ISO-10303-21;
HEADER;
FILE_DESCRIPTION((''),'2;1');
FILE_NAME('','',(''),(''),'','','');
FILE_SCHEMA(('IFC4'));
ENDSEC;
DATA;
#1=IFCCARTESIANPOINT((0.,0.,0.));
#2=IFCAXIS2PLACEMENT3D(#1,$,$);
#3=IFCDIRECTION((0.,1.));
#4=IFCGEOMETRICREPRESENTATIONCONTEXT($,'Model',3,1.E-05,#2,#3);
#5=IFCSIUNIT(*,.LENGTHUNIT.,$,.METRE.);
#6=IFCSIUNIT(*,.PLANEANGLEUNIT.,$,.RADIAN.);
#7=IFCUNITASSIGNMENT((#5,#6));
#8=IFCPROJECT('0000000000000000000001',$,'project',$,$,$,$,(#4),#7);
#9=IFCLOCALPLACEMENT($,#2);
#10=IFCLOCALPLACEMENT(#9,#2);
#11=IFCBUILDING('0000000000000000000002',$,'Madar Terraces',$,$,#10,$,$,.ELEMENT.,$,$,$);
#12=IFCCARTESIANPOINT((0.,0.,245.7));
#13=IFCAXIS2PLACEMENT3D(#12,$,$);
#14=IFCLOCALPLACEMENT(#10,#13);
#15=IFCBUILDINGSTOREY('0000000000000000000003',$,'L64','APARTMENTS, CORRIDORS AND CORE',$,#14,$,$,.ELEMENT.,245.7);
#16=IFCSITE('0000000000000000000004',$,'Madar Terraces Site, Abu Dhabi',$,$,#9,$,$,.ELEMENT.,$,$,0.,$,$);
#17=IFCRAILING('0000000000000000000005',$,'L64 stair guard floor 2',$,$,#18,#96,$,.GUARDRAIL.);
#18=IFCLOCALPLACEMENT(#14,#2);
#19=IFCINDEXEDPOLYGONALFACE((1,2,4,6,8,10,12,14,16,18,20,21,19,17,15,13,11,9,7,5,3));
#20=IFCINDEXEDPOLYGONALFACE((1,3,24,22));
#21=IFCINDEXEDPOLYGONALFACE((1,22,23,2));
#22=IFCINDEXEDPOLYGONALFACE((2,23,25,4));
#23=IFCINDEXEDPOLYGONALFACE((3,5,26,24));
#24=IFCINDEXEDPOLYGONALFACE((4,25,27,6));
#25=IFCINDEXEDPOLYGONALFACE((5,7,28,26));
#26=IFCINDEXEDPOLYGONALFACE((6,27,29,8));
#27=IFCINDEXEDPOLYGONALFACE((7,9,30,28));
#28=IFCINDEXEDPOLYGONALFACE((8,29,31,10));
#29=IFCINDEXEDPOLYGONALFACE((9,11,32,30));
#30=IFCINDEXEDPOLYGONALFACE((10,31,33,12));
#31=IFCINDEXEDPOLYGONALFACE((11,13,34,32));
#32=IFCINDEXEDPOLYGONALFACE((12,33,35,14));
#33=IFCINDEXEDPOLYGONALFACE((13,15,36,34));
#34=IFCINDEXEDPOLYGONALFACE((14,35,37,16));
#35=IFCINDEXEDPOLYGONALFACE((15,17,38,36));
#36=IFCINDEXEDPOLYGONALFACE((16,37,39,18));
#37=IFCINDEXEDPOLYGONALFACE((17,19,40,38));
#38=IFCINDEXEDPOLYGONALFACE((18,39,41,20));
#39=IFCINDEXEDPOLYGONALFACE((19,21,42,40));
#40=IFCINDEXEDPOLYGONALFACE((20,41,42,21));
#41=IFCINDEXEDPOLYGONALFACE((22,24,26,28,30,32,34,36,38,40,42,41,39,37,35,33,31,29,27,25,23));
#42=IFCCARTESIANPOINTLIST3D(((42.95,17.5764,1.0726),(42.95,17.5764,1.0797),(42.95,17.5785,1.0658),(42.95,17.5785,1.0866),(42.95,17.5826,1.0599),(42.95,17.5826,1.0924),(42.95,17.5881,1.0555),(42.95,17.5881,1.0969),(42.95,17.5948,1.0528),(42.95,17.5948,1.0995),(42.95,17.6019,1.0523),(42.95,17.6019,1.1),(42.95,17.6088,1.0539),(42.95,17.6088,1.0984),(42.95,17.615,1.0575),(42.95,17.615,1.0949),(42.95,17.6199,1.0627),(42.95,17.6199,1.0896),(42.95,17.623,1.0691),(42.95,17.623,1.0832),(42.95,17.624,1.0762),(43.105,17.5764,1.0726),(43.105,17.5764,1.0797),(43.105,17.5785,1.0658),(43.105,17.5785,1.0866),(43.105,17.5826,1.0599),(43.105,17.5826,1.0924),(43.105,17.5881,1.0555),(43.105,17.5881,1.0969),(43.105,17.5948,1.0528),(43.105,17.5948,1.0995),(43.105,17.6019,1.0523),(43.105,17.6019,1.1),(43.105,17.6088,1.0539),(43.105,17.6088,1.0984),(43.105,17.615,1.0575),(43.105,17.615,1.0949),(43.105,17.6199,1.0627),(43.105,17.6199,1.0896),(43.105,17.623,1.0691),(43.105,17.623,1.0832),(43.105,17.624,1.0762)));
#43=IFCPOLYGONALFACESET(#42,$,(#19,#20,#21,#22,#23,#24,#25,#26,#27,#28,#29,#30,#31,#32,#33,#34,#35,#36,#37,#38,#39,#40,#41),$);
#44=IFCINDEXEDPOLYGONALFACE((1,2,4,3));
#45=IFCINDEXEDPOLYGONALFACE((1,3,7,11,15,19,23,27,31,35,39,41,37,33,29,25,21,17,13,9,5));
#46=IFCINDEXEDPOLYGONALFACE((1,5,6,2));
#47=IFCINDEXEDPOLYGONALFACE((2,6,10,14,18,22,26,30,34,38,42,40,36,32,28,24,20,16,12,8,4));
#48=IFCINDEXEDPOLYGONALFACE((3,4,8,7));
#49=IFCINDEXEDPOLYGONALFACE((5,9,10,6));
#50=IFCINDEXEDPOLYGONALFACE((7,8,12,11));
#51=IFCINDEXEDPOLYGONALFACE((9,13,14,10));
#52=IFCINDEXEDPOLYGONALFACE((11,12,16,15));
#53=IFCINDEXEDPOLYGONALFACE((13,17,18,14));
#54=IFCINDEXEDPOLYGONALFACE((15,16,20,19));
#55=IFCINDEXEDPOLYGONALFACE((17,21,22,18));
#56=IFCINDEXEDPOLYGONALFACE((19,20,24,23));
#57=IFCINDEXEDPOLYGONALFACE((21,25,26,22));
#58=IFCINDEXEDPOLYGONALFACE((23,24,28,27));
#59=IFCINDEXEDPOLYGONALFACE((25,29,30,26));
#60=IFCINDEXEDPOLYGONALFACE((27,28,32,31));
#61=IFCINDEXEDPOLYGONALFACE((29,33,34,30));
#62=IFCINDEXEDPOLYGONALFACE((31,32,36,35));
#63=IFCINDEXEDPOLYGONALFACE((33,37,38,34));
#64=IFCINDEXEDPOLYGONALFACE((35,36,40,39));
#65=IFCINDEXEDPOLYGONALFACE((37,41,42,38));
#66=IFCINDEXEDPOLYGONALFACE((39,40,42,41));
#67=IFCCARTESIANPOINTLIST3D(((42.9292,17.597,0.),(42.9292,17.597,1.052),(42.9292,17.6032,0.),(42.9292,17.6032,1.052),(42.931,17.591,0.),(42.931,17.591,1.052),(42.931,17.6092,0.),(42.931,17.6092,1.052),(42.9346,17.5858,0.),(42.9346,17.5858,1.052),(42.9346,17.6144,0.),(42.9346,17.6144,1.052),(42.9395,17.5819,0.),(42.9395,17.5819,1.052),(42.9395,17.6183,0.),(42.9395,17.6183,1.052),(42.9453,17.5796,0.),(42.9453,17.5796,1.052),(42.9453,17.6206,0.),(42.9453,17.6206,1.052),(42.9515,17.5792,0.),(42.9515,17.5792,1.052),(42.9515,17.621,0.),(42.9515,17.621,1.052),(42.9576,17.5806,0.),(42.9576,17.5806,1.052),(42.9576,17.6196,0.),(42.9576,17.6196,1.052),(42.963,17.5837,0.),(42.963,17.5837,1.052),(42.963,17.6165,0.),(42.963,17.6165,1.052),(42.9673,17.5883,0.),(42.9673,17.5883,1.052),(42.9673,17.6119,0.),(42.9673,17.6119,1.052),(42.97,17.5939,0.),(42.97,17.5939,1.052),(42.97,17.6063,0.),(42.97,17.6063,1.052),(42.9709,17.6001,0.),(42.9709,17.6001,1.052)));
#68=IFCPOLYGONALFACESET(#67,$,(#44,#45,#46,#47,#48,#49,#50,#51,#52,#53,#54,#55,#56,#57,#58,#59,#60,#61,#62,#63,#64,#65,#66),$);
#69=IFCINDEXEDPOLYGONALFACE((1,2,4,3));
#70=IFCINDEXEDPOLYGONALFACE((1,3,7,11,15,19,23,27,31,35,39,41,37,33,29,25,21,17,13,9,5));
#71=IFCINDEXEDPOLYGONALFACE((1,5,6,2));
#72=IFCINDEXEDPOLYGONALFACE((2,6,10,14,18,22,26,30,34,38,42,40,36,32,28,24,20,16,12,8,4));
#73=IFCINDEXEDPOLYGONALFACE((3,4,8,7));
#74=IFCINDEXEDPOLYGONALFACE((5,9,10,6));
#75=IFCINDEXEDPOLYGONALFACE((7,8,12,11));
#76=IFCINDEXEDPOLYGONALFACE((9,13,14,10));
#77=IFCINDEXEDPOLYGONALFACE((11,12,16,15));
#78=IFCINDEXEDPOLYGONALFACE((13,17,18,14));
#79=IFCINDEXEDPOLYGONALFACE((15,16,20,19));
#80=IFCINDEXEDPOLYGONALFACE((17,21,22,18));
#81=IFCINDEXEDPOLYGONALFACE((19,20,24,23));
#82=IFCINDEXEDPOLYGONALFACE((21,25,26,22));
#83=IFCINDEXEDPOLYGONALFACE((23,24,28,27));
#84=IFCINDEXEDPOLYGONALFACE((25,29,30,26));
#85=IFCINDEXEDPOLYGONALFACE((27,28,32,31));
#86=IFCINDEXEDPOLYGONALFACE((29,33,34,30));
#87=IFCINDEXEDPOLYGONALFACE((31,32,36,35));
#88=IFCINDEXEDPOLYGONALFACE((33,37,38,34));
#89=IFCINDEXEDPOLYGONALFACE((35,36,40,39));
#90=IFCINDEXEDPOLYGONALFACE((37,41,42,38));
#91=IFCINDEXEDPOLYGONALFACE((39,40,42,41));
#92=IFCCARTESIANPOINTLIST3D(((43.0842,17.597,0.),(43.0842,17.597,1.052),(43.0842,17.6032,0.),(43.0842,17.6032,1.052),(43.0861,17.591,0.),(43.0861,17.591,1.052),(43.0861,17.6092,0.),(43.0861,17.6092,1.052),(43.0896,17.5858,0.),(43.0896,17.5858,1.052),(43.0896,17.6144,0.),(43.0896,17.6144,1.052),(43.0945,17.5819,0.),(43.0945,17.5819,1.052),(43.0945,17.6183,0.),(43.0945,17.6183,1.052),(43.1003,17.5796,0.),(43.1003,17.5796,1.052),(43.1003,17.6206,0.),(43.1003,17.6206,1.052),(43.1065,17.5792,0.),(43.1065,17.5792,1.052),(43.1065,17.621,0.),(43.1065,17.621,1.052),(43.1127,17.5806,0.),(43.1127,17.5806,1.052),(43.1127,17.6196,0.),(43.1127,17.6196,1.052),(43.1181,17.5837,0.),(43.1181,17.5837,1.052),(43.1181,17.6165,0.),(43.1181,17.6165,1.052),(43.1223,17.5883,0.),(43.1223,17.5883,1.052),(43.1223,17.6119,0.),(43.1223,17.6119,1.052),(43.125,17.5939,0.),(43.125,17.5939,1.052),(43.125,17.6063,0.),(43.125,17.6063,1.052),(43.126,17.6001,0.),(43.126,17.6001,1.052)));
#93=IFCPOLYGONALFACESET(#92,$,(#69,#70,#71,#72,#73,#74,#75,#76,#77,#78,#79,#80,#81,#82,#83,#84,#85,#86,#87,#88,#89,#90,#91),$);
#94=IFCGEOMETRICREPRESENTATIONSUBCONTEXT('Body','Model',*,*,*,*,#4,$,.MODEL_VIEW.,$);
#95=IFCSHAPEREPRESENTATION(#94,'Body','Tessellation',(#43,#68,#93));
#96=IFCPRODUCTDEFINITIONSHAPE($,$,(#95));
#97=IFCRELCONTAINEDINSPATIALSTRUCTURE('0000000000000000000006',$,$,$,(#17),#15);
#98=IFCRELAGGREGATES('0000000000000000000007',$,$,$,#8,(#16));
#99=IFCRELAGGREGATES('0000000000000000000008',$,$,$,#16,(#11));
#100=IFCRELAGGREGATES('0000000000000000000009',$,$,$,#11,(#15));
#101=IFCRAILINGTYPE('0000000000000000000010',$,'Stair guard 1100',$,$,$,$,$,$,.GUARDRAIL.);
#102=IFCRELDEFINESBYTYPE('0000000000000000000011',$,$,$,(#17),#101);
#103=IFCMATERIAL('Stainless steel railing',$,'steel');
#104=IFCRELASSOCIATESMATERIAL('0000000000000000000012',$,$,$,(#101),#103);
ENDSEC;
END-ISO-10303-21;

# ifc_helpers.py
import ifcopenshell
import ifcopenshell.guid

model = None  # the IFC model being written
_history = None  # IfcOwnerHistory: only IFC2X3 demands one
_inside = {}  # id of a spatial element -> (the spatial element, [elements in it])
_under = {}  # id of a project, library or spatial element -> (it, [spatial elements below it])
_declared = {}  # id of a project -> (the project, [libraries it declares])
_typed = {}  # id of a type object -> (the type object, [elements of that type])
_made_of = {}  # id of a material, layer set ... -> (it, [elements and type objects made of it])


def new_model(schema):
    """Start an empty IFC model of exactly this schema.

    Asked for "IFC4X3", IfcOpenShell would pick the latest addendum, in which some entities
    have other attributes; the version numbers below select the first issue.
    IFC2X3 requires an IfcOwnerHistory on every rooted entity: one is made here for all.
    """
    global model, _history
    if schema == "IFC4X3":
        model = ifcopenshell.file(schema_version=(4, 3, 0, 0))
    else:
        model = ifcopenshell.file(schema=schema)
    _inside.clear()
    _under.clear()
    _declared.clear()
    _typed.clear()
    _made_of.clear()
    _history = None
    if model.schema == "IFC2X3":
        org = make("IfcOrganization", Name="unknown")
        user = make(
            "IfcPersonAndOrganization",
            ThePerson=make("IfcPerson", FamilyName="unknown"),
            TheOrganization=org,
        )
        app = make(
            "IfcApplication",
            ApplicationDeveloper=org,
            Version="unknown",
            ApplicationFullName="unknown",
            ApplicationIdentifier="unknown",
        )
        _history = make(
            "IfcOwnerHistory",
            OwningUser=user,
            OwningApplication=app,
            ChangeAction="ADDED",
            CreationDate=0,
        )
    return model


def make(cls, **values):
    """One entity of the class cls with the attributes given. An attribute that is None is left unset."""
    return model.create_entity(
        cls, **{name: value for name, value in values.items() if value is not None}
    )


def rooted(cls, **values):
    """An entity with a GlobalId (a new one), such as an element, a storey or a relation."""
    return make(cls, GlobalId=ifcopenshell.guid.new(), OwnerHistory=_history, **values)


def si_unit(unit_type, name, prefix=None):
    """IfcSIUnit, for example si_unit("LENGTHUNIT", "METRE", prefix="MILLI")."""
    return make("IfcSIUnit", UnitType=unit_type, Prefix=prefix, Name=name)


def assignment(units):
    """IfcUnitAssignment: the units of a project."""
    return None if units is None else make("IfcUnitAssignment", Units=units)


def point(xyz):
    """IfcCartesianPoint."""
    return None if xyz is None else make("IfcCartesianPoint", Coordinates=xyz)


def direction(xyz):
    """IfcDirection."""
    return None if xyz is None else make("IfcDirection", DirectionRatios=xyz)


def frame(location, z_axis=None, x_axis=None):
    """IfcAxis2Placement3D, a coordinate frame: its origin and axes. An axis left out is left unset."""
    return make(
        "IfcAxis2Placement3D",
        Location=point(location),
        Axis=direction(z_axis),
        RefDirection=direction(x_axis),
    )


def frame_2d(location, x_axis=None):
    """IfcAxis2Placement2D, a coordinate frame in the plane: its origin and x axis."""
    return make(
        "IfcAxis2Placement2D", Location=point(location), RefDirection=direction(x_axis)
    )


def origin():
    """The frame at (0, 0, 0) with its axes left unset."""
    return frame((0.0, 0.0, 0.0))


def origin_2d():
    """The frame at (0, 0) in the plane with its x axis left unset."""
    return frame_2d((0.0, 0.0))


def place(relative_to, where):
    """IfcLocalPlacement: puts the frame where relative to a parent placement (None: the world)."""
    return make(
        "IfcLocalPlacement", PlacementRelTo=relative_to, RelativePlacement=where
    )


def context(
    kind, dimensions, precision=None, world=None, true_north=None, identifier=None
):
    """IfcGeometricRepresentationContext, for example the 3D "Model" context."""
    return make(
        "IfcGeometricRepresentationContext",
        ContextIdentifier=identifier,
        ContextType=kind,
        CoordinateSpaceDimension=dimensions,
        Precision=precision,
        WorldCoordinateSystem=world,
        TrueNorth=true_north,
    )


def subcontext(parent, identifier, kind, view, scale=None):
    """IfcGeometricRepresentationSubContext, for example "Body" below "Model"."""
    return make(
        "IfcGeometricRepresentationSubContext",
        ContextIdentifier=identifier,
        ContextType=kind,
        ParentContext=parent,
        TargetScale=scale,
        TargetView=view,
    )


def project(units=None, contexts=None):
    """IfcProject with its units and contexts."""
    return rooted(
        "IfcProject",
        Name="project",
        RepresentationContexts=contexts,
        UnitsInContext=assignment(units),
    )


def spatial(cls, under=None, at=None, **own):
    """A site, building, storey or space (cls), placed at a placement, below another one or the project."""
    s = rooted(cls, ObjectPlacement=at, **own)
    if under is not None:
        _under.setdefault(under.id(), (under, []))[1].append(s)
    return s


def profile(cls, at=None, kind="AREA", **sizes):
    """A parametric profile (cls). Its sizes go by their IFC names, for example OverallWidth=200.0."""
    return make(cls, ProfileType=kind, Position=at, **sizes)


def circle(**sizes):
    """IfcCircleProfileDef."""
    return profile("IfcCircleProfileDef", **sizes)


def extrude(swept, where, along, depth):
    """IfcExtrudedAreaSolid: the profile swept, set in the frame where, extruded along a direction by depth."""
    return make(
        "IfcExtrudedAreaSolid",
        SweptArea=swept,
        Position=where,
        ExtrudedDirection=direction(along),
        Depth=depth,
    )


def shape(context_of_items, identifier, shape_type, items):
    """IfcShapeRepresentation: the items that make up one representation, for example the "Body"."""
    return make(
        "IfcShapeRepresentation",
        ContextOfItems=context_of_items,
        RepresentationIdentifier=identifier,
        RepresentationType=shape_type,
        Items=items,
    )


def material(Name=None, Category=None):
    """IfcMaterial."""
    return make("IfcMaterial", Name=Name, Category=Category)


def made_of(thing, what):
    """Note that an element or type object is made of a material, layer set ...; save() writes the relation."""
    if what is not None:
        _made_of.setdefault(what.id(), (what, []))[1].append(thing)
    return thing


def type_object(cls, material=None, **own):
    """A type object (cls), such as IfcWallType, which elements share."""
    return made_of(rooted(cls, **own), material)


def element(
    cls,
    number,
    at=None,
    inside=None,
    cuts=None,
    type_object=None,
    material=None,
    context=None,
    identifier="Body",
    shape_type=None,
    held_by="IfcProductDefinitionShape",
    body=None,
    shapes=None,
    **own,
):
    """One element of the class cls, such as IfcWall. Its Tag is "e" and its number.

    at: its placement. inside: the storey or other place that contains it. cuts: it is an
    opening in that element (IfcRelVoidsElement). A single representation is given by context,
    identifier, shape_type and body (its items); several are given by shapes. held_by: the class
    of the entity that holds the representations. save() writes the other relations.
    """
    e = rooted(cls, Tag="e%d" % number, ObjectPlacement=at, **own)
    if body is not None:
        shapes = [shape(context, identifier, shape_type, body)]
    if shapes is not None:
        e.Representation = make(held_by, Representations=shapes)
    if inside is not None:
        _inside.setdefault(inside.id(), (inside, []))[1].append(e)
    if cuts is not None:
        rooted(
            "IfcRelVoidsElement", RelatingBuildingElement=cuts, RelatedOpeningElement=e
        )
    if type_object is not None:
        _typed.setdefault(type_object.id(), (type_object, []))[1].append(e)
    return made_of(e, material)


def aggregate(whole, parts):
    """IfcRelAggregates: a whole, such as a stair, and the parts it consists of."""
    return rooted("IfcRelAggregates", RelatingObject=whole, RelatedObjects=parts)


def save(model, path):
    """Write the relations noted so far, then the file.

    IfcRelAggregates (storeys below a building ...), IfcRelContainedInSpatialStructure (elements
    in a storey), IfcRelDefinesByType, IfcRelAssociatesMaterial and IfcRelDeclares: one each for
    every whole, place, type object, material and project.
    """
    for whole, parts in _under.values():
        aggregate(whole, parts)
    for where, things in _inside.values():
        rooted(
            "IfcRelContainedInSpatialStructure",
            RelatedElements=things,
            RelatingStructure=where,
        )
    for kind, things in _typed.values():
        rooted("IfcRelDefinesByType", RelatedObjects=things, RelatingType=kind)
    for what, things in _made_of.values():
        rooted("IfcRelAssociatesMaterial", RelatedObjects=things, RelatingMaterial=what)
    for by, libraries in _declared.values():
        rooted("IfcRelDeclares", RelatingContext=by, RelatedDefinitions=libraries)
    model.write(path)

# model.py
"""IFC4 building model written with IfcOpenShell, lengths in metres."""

from ifc_helpers import new_model, si_unit, direction, frame, origin, origin_2d, place, context, subcontext, project, spatial, circle, extrude, material, type_object, element, save


model = new_model("IFC4")

# Units and contexts
model_context = context("Model", 3, precision=1e-05, world=origin(), true_north=direction((0.0, 1.0)))
body_context = subcontext(model_context, "Body", "Model", "MODEL_VIEW")
ifc_project = project(units=[si_unit("LENGTHUNIT", "METRE"), si_unit("PLANEANGLEUNIT", "RADIAN")], contexts=[model_context])

# Site, building, storey
site_placement = place(None, origin())
site = spatial("IfcSite", under=ifc_project, at=site_placement, Name="Madar Terraces Site, Abu Dhabi", CompositionType="ELEMENT", RefElevation=0.0)
building_placement = place(site_placement, origin())
building = spatial("IfcBuilding", under=site, at=building_placement, Name="Madar Terraces", CompositionType="ELEMENT")
storey_placement = place(building_placement, frame((0.0, 0.0, 245.7)))
storey = spatial("IfcBuildingStorey", under=building, at=storey_placement, Name="L64", Description="APARTMENTS, CORRIDORS AND CORE", CompositionType="ELEMENT", Elevation=245.7)

# Railing
ifc_material_1 = material(Name="Stainless steel railing", Category="steel")
railing_type_1 = type_object("IfcRailingType", Name="Stair guard 1100", PredefinedType="GUARDRAIL", material=ifc_material_1)
for number, where, name in (
    (1, (42.95, 17.6001, 0.0), "L64 stair guard floor 2"),
):
    element("IfcRailing", number, at=place(storey_placement, frame(where)), inside=storey, type_object=railing_type_1, Name=name, PredefinedType="GUARDRAIL", context=body_context, shape_type="SweptSolid", body=[
        extrude(circle(Radius=0.0239, at=origin_2d()), frame((0.0, 0.0, 1.0762), z_axis=(1.0, 0.0, 0.0), x_axis=(0.0, 1.0, 0.0)), (0.0, 0.0, 1.0), 0.155),
        extrude(circle(Radius=0.021, at=origin_2d()), origin(), (0.0, 0.0, 1.0), 1.052),
        extrude(circle(Radius=0.021, at=origin_2d()), frame((0.155, 0.0, 0.0)), (0.0, 0.0, 1.0), 1.052),
    ])

save(model, "model.ifc")
